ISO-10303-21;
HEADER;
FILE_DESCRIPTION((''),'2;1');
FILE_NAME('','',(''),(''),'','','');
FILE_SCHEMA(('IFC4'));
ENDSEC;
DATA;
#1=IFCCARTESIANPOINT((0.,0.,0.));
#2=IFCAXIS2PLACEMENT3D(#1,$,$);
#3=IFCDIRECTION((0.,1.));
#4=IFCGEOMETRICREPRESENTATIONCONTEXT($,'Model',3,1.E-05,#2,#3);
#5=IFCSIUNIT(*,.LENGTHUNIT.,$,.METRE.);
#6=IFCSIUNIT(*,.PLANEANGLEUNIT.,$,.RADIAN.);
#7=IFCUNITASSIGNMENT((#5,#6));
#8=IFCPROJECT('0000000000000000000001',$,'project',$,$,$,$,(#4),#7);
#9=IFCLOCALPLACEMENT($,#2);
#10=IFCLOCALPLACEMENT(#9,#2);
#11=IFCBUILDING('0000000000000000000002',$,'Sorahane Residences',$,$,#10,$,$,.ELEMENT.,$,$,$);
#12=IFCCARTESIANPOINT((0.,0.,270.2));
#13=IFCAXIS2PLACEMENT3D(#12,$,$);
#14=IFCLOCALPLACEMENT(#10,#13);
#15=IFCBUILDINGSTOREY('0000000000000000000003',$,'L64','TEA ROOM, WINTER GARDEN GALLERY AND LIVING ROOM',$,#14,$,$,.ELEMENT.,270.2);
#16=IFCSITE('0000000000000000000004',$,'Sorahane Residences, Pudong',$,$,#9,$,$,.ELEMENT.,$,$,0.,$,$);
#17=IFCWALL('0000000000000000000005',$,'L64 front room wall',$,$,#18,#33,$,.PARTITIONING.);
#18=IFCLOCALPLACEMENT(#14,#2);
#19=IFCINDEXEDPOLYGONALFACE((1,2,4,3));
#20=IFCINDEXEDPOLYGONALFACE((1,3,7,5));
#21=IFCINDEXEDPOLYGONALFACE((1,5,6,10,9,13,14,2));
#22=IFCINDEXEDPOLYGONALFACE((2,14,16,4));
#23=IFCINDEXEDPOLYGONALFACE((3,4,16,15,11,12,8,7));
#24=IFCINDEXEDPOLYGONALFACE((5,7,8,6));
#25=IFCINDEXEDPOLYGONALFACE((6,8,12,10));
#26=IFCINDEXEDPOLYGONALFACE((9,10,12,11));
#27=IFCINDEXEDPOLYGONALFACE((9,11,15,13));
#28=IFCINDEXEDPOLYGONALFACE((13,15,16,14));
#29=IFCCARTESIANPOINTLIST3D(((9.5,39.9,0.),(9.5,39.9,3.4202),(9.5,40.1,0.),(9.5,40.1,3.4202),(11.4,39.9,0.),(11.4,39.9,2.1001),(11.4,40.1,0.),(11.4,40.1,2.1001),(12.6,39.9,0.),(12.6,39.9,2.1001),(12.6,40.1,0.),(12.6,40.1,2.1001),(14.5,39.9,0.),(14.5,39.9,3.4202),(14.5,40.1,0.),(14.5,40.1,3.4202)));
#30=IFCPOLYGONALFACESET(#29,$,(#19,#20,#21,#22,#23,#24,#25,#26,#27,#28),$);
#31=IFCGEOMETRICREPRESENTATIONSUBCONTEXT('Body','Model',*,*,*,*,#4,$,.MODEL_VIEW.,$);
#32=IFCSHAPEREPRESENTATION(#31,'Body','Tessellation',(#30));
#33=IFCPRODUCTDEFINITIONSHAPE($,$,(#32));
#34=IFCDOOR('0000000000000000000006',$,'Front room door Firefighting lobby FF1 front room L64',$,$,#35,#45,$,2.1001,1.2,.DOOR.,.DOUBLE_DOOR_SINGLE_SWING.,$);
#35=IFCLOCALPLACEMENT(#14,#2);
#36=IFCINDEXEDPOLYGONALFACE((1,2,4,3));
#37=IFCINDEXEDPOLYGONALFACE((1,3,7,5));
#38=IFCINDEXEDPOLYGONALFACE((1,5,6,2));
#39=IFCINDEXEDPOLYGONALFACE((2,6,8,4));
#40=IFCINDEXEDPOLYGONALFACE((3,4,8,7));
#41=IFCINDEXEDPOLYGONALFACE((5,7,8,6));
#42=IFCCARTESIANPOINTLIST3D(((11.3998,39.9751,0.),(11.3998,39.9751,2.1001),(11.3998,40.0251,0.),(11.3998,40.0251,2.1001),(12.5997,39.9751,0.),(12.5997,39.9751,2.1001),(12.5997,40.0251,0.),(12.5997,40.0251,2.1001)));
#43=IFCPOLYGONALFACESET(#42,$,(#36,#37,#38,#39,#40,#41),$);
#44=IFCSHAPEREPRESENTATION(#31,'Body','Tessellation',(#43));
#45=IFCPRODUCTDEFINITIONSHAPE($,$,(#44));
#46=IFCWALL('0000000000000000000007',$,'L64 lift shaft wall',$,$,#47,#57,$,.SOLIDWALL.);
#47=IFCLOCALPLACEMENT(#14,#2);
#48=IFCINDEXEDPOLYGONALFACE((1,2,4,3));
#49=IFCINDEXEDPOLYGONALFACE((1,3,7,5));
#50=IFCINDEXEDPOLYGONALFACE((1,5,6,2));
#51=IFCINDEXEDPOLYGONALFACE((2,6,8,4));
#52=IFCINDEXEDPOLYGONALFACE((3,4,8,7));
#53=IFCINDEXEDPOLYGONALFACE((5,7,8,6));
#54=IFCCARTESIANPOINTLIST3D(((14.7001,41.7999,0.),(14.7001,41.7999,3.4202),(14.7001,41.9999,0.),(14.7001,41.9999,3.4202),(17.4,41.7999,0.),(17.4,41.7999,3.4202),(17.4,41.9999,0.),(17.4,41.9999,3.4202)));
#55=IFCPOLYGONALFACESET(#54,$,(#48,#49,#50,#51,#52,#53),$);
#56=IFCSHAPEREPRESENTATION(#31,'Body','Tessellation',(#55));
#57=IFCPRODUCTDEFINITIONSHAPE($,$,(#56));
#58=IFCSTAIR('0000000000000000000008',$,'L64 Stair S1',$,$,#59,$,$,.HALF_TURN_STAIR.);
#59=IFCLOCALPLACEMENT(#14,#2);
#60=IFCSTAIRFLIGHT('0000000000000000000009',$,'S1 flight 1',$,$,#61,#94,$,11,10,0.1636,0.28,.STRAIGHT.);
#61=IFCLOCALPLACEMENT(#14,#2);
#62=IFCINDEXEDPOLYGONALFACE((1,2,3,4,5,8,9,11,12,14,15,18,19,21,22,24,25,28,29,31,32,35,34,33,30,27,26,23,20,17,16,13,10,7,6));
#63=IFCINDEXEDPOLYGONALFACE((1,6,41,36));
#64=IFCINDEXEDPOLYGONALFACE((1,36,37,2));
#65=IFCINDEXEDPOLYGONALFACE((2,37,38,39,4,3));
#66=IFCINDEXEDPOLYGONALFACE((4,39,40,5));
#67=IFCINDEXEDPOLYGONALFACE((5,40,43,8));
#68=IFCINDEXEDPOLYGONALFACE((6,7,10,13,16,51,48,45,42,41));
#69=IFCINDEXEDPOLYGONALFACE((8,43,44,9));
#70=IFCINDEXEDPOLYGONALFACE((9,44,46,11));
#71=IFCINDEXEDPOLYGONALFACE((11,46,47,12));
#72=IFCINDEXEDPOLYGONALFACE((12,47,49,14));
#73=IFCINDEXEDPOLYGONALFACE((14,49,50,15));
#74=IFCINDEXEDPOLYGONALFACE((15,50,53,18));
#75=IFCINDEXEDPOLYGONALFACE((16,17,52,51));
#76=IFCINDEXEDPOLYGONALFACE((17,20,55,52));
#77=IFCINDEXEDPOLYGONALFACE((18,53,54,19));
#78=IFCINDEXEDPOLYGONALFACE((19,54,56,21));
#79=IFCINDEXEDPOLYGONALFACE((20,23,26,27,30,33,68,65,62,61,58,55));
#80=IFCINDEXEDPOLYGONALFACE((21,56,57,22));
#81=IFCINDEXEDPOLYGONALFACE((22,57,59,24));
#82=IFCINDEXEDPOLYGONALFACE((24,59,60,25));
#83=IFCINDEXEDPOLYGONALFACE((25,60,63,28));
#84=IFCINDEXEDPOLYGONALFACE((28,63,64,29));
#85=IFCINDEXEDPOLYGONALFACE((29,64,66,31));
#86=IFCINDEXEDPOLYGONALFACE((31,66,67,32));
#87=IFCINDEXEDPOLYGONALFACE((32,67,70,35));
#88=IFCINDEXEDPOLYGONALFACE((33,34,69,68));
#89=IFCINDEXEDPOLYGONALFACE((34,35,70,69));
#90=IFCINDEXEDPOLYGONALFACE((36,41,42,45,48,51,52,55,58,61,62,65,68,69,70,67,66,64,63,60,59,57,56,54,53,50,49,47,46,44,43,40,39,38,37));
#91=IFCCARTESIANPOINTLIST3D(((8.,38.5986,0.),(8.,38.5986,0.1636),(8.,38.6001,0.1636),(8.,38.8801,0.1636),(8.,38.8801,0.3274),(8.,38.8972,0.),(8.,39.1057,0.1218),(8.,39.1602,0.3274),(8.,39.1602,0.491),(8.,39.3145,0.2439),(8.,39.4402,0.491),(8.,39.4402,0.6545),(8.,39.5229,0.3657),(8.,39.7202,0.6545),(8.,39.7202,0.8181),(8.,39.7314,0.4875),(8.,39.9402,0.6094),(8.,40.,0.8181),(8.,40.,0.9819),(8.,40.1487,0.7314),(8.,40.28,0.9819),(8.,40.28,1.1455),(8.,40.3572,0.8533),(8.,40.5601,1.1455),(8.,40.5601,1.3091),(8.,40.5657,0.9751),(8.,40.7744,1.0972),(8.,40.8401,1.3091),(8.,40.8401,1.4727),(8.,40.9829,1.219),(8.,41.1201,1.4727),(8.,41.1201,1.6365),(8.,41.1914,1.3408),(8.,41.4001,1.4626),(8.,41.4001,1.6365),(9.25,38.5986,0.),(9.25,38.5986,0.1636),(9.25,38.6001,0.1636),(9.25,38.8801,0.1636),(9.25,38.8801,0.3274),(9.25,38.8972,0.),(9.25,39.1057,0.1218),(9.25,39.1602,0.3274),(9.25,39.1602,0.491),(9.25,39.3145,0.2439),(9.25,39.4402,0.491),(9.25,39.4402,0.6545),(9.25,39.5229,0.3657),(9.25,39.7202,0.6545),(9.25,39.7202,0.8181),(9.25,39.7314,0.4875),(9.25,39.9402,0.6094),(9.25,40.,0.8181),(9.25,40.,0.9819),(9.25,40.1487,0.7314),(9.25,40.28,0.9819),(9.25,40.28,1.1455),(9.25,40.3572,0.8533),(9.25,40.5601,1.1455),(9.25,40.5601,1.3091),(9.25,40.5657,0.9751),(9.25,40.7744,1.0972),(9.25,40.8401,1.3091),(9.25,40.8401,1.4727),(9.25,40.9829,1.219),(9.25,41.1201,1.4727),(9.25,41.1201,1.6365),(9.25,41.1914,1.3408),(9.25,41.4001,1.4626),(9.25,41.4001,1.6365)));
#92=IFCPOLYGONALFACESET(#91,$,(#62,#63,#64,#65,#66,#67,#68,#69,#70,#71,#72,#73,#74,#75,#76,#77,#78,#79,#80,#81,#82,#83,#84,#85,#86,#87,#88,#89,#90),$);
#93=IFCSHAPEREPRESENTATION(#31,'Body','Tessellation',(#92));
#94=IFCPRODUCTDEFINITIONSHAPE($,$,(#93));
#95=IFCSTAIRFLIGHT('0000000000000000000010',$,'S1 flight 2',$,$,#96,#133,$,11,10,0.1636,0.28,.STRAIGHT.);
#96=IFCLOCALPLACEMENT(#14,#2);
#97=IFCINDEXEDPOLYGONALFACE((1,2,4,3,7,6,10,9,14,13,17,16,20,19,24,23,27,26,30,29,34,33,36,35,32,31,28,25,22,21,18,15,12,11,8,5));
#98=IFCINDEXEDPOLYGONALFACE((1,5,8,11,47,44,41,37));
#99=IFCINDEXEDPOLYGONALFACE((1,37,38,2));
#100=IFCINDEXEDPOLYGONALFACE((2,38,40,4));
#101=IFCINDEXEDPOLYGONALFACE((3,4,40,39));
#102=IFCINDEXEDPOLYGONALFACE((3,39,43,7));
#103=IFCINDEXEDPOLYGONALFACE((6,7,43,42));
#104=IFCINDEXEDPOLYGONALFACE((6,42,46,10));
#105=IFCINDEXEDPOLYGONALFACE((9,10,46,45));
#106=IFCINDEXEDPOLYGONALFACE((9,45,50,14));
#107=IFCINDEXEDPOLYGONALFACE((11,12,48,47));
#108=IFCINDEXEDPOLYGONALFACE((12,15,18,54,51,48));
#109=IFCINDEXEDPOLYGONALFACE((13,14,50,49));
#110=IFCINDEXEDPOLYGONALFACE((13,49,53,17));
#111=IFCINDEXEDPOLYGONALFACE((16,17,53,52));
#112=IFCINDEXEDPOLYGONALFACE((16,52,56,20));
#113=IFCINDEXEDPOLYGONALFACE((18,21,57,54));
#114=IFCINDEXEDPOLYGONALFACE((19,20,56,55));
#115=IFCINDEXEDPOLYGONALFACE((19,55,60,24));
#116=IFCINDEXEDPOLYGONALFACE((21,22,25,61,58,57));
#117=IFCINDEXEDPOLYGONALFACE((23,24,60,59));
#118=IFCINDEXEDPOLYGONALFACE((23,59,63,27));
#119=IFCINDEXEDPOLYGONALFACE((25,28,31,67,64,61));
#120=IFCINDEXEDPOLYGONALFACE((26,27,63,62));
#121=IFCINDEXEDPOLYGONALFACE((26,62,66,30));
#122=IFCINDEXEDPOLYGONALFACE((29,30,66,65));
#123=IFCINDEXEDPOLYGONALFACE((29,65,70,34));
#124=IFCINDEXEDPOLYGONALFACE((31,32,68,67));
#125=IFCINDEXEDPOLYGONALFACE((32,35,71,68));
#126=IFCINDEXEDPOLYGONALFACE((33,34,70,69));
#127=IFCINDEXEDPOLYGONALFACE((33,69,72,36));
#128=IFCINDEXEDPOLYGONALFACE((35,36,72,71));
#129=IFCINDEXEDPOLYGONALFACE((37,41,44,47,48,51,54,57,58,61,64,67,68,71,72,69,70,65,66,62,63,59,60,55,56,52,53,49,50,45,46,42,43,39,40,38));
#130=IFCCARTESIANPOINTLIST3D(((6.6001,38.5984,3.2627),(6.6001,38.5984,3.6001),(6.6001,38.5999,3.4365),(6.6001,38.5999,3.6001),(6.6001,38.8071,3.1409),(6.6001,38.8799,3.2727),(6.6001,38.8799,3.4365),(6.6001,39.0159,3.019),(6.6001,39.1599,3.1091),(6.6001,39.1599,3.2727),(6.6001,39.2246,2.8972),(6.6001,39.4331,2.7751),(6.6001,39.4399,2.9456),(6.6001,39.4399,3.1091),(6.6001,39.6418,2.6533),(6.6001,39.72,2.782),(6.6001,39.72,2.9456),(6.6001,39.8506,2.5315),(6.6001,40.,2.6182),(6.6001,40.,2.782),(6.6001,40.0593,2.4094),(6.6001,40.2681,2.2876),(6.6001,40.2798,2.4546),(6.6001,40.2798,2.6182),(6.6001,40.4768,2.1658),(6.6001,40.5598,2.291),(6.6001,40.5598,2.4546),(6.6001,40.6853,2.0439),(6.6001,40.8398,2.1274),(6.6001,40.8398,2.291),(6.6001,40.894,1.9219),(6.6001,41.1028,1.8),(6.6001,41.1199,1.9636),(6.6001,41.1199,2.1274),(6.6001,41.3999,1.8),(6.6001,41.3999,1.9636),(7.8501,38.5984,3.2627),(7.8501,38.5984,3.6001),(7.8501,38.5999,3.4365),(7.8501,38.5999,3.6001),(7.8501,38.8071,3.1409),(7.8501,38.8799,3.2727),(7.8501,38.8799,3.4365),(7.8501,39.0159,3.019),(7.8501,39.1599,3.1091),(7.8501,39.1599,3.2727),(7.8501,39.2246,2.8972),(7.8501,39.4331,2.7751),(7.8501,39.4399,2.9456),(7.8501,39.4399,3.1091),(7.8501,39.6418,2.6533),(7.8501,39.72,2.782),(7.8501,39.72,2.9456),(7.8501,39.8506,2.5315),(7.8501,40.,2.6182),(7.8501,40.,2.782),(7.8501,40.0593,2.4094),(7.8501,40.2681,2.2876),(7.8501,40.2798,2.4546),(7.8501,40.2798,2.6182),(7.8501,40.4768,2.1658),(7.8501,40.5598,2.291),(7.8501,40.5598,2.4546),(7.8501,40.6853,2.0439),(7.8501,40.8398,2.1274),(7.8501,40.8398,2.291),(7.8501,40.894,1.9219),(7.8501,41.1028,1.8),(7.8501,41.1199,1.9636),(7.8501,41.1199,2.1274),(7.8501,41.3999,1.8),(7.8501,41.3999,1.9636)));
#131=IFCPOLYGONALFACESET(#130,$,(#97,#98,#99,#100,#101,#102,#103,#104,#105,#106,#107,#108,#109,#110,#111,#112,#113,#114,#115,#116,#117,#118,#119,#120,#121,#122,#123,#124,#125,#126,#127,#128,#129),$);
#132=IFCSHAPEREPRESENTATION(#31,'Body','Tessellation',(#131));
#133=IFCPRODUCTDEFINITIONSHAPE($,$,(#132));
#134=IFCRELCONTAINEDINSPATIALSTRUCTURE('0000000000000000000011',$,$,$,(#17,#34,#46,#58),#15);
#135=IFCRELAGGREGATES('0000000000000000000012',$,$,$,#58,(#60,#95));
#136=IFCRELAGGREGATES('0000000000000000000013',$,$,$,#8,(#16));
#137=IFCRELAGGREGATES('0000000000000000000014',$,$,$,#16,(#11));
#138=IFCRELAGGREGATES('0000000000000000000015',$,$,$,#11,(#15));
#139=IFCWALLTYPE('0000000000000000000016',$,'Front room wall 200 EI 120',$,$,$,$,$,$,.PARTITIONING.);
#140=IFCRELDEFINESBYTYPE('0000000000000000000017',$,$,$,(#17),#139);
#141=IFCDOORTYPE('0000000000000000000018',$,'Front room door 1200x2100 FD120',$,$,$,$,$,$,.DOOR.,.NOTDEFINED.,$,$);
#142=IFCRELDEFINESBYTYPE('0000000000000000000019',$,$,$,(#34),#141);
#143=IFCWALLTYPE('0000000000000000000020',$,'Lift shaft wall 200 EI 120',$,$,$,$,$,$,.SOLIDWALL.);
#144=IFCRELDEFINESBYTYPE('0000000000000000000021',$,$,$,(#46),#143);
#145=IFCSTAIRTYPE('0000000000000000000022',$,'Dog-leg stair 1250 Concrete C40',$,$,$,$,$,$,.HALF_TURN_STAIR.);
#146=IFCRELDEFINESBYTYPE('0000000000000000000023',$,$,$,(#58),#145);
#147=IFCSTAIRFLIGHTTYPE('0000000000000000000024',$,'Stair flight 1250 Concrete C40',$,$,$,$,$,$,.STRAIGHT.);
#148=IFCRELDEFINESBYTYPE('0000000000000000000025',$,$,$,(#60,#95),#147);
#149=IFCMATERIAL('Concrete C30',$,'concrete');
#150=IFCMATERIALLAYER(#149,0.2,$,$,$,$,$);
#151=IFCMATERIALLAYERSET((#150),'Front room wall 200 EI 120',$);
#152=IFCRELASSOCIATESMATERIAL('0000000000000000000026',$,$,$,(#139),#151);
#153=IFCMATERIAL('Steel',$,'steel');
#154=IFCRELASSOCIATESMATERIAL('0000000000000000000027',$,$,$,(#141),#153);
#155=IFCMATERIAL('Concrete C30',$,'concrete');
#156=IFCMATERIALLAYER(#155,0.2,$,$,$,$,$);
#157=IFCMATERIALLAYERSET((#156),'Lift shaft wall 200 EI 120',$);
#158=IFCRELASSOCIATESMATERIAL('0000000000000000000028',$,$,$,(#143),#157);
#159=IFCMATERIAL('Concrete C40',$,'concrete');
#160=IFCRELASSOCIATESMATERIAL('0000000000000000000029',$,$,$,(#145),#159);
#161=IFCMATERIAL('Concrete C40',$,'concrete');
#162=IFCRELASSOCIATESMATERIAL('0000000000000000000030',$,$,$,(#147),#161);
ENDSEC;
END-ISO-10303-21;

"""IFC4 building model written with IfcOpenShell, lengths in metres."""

from ifc_helpers import new_model, si_unit, direction, frame, frame_2d, origin, place, context, subcontext, project, spatial, polyline, rectangle, outline, extrude, material, layer, layer_set, type_object, element, fill, aggregate, save


model = new_model("IFC4")

# Units and contexts
model_context = context("Model", 3, precision=1e-05, world=origin(), true_north=direction((0.0, 1.0)))
body_context = subcontext(model_context, "Body", "Model", "MODEL_VIEW")
ifc_project = project(units=[si_unit("LENGTHUNIT", "METRE"), si_unit("PLANEANGLEUNIT", "RADIAN")], contexts=[model_context])

# Site, building, storey
site_placement = place(None, origin())
site = spatial("IfcSite", under=ifc_project, at=site_placement, Name="Sorahane Residences, Pudong", CompositionType="ELEMENT", RefElevation=0.0)
building_placement = place(site_placement, origin())
building = spatial("IfcBuilding", under=site, at=building_placement, Name="Sorahane Residences", CompositionType="ELEMENT")
storey_placement = place(building_placement, frame((0.0, 0.0, 270.2)))
storey = spatial("IfcBuildingStorey", under=building, at=storey_placement, Name="L64", Description="TEA ROOM, WINTER GARDEN GALLERY AND LIVING ROOM", CompositionType="ELEMENT", Elevation=270.2)

# Wall, opening, door
ifc_material_1 = material(Name="Concrete C30", Category="concrete")
ifc_layer_1 = layer(ifc_material_1, 0.2)
ifc_layer_set_1 = layer_set([ifc_layer_1], Name="Front room wall 200 EI 120")
wall_type_1 = type_object("IfcWallType", Name="Front room wall 200 EI 120", PredefinedType="PARTITIONING", material=ifc_layer_set_1)
wall_1_placement = place(storey_placement, frame((9.5, 40.0, 0.0), z_axis=(0.0, 0.0, 1.0), x_axis=(1.0, 0.0, 0.0)))
wall_1 = element("IfcWall", 1, at=wall_1_placement, inside=storey, type_object=wall_type_1, Name="L64 front room wall", PredefinedType="PARTITIONING", context=body_context, shape_type="SweptSolid", body=[
    extrude(rectangle(XDim=5.0, YDim=0.2, at=frame_2d((2.5, 0.0))), origin(), (0.0, 0.0, 1.0), 3.4202),
])
opening_placement = place(wall_1_placement, frame((1.8999, 0.0, 0.0)))
opening = element("IfcOpeningElement", 2, at=opening_placement, cuts=wall_1, PredefinedType="OPENING", context=body_context, shape_type="SweptSolid", body=[
    extrude(rectangle(XDim=1.2, YDim=2.1001, at=frame_2d((0.6001, 1.05))), frame((0.0, 0.1099, 0.0), z_axis=(0.0, -1.0, 0.0), x_axis=(1.0, 0.0, 0.0)), (0.0, 0.0, 1.0), 0.22),
])
ifc_material_2 = material(Name="Steel", Category="steel")
door_type = type_object("IfcDoorType", Name="Front room door 1200x2100 FD120", OperationType="NOTDEFINED", PredefinedType="DOOR", material=ifc_material_2)
door_placement = place(opening_placement, frame((1.2, 0.0, 0.0), z_axis=(0.0, 0.0, 1.0), x_axis=(-1.0, 0.0, 0.0)))
door = element("IfcDoor", 3, at=door_placement, inside=storey, type_object=door_type, Name="Front room door Firefighting lobby FF1 front room L64", OperationType="DOUBLE_DOOR_SINGLE_SWING", OverallHeight=2.1001, OverallWidth=1.2, PredefinedType="DOOR", context=body_context, shape_type="SweptSolid", body=[
    extrude(rectangle(XDim=1.2, YDim=2.1001, at=frame_2d((0.6001, 1.05))), frame((0.0, 0.0249, 0.0), z_axis=(0.0, -1.0, 0.0), x_axis=(1.0, 0.0, 0.0)), (0.0, 0.0, 1.0), 0.05),
])
fill(opening, door)

# Wall
ifc_material_3 = material(Name="Concrete C30", Category="concrete")
ifc_layer_2 = layer(ifc_material_3, 0.2)
ifc_layer_set_2 = layer_set([ifc_layer_2], Name="Lift shaft wall 200 EI 120")
wall_type_2 = type_object("IfcWallType", Name="Lift shaft wall 200 EI 120", PredefinedType="SOLIDWALL", material=ifc_layer_set_2)
wall_2_placement = place(storey_placement, frame((14.7, 41.8999, 0.0), z_axis=(0.0, 0.0, 1.0), x_axis=(1.0, 0.0, 0.0)))
element("IfcWall", 4, at=wall_2_placement, inside=storey, type_object=wall_type_2, Name="L64 lift shaft wall", PredefinedType="SOLIDWALL", context=body_context, shape_type="SweptSolid", body=[
    extrude(rectangle(XDim=2.7, YDim=0.2, at=frame_2d((1.3501, 0.0))), origin(), (0.0, 0.0, 1.0), 3.4202),
])

# Stair, stair flights
ifc_material_4 = material(Name="Concrete C40", Category="concrete")
stair_type = type_object("IfcStairType", Name="Dog-leg stair 1250 Concrete C40", PredefinedType="HALF_TURN_STAIR", material=ifc_material_4)
stair_placement = place(storey_placement, origin())
stair = element("IfcStair", 5, at=stair_placement, inside=storey, type_object=stair_type, Name="L64 Stair S1", PredefinedType="HALF_TURN_STAIR")
ifc_material_5 = material(Name="Concrete C40", Category="concrete")
stair_flight_type = type_object("IfcStairFlightType", Name="Stair flight 1250 Concrete C40", PredefinedType="STRAIGHT", material=ifc_material_5)
stair_flight_1_placement = place(storey_placement, frame((8.625, 38.6001, 0.0), z_axis=(0.0, 0.0, 1.0), x_axis=(0.0, 1.0, 0.0)))
stair_flight_1 = element("IfcStairFlight", 6, at=stair_flight_1_placement, type_object=stair_flight_type, Name="S1 flight 1", NumberOfRisers=11, NumberOfTreads=10, PredefinedType="STRAIGHT", RiserHeight=0.1636, TreadLength=0.28, context=body_context, shape_type="SweptSolid", body=[
    extrude(outline(polyline([(-0.0015, 0.0), (-0.0015, 0.1636), (0.0, 0.1636), (0.28, 0.1636), (0.28, 0.3274), (0.5601, 0.3274), (0.5601, 0.491), (0.8401, 0.491), (0.8401, 0.6545), (1.1201, 0.6545), (1.1201, 0.8181), (1.3999, 0.8181), (1.3999, 0.9819), (1.6799, 0.9819), (1.6799, 1.1455), (1.96, 1.1455), (1.96, 1.3091), (2.24, 1.3091), (2.24, 1.4727), (2.52, 1.4727), (2.52, 1.6365), (2.8, 1.6365), (2.8, 1.8), (2.8, 1.4626), (2.5913, 1.3408), (2.3828, 1.219), (2.1743, 1.0972), (1.9656, 0.9751), (1.7571, 0.8533), (1.5486, 0.7314), (1.3401, 0.6094), (1.1313, 0.4875), (0.9229, 0.3657), (0.7144, 0.2439), (0.5056, 0.1218), (0.2971, 0.0), (-0.0015, 0.0)])), frame((0.0, 0.625, 0.0), z_axis=(0.0, -1.0, 0.0), x_axis=(1.0, 0.0, 0.0)), (0.0, 0.0, 1.0), 1.25),
])
stair_flight_2_placement = place(storey_placement, frame((7.2251, 41.3999, 1.8), z_axis=(0.0, 0.0, 1.0), x_axis=(0.0, -1.0, 0.0)))
stair_flight_2 = element("IfcStairFlight", 7, at=stair_flight_2_placement, type_object=stair_flight_type, Name="S1 flight 2", NumberOfRisers=11, NumberOfTreads=10, PredefinedType="STRAIGHT", RiserHeight=0.1636, TreadLength=0.28, context=body_context, shape_type="SweptSolid", body=[
    extrude(outline(polyline([(0.0, 0.0), (0.0, 0.1636), (0.28, 0.1636), (0.28, 0.3274), (0.5601, 0.3274), (0.5601, 0.491), (0.8401, 0.491), (0.8401, 0.6545), (1.1201, 0.6545), (1.1201, 0.8181), (1.3999, 0.8181), (1.3999, 0.9819), (1.6799, 0.9819), (1.6799, 1.1455), (1.96, 1.1455), (1.96, 1.3091), (2.24, 1.3091), (2.24, 1.4727), (2.52, 1.4727), (2.52, 1.6365), (2.8, 1.6365), (2.8, 1.8), (2.8015, 1.8), (2.8015, 1.4626), (2.5928, 1.3408), (2.384, 1.219), (2.1753, 1.0972), (1.9668, 0.9751), (1.7581, 0.8533), (1.5493, 0.7314), (1.3406, 0.6094), (1.1318, 0.4875), (0.9231, 0.3657), (0.7146, 0.2439), (0.5059, 0.1218), (0.2971, 0.0), (0.0, 0.0)])), frame((0.0, 0.625, 0.0), z_axis=(0.0, -1.0, 0.0), x_axis=(1.0, 0.0, 0.0)), (0.0, 0.0, 1.0), 1.25),
])
aggregate(stair, [stair_flight_1, stair_flight_2])

save(model, "model.ifc")
